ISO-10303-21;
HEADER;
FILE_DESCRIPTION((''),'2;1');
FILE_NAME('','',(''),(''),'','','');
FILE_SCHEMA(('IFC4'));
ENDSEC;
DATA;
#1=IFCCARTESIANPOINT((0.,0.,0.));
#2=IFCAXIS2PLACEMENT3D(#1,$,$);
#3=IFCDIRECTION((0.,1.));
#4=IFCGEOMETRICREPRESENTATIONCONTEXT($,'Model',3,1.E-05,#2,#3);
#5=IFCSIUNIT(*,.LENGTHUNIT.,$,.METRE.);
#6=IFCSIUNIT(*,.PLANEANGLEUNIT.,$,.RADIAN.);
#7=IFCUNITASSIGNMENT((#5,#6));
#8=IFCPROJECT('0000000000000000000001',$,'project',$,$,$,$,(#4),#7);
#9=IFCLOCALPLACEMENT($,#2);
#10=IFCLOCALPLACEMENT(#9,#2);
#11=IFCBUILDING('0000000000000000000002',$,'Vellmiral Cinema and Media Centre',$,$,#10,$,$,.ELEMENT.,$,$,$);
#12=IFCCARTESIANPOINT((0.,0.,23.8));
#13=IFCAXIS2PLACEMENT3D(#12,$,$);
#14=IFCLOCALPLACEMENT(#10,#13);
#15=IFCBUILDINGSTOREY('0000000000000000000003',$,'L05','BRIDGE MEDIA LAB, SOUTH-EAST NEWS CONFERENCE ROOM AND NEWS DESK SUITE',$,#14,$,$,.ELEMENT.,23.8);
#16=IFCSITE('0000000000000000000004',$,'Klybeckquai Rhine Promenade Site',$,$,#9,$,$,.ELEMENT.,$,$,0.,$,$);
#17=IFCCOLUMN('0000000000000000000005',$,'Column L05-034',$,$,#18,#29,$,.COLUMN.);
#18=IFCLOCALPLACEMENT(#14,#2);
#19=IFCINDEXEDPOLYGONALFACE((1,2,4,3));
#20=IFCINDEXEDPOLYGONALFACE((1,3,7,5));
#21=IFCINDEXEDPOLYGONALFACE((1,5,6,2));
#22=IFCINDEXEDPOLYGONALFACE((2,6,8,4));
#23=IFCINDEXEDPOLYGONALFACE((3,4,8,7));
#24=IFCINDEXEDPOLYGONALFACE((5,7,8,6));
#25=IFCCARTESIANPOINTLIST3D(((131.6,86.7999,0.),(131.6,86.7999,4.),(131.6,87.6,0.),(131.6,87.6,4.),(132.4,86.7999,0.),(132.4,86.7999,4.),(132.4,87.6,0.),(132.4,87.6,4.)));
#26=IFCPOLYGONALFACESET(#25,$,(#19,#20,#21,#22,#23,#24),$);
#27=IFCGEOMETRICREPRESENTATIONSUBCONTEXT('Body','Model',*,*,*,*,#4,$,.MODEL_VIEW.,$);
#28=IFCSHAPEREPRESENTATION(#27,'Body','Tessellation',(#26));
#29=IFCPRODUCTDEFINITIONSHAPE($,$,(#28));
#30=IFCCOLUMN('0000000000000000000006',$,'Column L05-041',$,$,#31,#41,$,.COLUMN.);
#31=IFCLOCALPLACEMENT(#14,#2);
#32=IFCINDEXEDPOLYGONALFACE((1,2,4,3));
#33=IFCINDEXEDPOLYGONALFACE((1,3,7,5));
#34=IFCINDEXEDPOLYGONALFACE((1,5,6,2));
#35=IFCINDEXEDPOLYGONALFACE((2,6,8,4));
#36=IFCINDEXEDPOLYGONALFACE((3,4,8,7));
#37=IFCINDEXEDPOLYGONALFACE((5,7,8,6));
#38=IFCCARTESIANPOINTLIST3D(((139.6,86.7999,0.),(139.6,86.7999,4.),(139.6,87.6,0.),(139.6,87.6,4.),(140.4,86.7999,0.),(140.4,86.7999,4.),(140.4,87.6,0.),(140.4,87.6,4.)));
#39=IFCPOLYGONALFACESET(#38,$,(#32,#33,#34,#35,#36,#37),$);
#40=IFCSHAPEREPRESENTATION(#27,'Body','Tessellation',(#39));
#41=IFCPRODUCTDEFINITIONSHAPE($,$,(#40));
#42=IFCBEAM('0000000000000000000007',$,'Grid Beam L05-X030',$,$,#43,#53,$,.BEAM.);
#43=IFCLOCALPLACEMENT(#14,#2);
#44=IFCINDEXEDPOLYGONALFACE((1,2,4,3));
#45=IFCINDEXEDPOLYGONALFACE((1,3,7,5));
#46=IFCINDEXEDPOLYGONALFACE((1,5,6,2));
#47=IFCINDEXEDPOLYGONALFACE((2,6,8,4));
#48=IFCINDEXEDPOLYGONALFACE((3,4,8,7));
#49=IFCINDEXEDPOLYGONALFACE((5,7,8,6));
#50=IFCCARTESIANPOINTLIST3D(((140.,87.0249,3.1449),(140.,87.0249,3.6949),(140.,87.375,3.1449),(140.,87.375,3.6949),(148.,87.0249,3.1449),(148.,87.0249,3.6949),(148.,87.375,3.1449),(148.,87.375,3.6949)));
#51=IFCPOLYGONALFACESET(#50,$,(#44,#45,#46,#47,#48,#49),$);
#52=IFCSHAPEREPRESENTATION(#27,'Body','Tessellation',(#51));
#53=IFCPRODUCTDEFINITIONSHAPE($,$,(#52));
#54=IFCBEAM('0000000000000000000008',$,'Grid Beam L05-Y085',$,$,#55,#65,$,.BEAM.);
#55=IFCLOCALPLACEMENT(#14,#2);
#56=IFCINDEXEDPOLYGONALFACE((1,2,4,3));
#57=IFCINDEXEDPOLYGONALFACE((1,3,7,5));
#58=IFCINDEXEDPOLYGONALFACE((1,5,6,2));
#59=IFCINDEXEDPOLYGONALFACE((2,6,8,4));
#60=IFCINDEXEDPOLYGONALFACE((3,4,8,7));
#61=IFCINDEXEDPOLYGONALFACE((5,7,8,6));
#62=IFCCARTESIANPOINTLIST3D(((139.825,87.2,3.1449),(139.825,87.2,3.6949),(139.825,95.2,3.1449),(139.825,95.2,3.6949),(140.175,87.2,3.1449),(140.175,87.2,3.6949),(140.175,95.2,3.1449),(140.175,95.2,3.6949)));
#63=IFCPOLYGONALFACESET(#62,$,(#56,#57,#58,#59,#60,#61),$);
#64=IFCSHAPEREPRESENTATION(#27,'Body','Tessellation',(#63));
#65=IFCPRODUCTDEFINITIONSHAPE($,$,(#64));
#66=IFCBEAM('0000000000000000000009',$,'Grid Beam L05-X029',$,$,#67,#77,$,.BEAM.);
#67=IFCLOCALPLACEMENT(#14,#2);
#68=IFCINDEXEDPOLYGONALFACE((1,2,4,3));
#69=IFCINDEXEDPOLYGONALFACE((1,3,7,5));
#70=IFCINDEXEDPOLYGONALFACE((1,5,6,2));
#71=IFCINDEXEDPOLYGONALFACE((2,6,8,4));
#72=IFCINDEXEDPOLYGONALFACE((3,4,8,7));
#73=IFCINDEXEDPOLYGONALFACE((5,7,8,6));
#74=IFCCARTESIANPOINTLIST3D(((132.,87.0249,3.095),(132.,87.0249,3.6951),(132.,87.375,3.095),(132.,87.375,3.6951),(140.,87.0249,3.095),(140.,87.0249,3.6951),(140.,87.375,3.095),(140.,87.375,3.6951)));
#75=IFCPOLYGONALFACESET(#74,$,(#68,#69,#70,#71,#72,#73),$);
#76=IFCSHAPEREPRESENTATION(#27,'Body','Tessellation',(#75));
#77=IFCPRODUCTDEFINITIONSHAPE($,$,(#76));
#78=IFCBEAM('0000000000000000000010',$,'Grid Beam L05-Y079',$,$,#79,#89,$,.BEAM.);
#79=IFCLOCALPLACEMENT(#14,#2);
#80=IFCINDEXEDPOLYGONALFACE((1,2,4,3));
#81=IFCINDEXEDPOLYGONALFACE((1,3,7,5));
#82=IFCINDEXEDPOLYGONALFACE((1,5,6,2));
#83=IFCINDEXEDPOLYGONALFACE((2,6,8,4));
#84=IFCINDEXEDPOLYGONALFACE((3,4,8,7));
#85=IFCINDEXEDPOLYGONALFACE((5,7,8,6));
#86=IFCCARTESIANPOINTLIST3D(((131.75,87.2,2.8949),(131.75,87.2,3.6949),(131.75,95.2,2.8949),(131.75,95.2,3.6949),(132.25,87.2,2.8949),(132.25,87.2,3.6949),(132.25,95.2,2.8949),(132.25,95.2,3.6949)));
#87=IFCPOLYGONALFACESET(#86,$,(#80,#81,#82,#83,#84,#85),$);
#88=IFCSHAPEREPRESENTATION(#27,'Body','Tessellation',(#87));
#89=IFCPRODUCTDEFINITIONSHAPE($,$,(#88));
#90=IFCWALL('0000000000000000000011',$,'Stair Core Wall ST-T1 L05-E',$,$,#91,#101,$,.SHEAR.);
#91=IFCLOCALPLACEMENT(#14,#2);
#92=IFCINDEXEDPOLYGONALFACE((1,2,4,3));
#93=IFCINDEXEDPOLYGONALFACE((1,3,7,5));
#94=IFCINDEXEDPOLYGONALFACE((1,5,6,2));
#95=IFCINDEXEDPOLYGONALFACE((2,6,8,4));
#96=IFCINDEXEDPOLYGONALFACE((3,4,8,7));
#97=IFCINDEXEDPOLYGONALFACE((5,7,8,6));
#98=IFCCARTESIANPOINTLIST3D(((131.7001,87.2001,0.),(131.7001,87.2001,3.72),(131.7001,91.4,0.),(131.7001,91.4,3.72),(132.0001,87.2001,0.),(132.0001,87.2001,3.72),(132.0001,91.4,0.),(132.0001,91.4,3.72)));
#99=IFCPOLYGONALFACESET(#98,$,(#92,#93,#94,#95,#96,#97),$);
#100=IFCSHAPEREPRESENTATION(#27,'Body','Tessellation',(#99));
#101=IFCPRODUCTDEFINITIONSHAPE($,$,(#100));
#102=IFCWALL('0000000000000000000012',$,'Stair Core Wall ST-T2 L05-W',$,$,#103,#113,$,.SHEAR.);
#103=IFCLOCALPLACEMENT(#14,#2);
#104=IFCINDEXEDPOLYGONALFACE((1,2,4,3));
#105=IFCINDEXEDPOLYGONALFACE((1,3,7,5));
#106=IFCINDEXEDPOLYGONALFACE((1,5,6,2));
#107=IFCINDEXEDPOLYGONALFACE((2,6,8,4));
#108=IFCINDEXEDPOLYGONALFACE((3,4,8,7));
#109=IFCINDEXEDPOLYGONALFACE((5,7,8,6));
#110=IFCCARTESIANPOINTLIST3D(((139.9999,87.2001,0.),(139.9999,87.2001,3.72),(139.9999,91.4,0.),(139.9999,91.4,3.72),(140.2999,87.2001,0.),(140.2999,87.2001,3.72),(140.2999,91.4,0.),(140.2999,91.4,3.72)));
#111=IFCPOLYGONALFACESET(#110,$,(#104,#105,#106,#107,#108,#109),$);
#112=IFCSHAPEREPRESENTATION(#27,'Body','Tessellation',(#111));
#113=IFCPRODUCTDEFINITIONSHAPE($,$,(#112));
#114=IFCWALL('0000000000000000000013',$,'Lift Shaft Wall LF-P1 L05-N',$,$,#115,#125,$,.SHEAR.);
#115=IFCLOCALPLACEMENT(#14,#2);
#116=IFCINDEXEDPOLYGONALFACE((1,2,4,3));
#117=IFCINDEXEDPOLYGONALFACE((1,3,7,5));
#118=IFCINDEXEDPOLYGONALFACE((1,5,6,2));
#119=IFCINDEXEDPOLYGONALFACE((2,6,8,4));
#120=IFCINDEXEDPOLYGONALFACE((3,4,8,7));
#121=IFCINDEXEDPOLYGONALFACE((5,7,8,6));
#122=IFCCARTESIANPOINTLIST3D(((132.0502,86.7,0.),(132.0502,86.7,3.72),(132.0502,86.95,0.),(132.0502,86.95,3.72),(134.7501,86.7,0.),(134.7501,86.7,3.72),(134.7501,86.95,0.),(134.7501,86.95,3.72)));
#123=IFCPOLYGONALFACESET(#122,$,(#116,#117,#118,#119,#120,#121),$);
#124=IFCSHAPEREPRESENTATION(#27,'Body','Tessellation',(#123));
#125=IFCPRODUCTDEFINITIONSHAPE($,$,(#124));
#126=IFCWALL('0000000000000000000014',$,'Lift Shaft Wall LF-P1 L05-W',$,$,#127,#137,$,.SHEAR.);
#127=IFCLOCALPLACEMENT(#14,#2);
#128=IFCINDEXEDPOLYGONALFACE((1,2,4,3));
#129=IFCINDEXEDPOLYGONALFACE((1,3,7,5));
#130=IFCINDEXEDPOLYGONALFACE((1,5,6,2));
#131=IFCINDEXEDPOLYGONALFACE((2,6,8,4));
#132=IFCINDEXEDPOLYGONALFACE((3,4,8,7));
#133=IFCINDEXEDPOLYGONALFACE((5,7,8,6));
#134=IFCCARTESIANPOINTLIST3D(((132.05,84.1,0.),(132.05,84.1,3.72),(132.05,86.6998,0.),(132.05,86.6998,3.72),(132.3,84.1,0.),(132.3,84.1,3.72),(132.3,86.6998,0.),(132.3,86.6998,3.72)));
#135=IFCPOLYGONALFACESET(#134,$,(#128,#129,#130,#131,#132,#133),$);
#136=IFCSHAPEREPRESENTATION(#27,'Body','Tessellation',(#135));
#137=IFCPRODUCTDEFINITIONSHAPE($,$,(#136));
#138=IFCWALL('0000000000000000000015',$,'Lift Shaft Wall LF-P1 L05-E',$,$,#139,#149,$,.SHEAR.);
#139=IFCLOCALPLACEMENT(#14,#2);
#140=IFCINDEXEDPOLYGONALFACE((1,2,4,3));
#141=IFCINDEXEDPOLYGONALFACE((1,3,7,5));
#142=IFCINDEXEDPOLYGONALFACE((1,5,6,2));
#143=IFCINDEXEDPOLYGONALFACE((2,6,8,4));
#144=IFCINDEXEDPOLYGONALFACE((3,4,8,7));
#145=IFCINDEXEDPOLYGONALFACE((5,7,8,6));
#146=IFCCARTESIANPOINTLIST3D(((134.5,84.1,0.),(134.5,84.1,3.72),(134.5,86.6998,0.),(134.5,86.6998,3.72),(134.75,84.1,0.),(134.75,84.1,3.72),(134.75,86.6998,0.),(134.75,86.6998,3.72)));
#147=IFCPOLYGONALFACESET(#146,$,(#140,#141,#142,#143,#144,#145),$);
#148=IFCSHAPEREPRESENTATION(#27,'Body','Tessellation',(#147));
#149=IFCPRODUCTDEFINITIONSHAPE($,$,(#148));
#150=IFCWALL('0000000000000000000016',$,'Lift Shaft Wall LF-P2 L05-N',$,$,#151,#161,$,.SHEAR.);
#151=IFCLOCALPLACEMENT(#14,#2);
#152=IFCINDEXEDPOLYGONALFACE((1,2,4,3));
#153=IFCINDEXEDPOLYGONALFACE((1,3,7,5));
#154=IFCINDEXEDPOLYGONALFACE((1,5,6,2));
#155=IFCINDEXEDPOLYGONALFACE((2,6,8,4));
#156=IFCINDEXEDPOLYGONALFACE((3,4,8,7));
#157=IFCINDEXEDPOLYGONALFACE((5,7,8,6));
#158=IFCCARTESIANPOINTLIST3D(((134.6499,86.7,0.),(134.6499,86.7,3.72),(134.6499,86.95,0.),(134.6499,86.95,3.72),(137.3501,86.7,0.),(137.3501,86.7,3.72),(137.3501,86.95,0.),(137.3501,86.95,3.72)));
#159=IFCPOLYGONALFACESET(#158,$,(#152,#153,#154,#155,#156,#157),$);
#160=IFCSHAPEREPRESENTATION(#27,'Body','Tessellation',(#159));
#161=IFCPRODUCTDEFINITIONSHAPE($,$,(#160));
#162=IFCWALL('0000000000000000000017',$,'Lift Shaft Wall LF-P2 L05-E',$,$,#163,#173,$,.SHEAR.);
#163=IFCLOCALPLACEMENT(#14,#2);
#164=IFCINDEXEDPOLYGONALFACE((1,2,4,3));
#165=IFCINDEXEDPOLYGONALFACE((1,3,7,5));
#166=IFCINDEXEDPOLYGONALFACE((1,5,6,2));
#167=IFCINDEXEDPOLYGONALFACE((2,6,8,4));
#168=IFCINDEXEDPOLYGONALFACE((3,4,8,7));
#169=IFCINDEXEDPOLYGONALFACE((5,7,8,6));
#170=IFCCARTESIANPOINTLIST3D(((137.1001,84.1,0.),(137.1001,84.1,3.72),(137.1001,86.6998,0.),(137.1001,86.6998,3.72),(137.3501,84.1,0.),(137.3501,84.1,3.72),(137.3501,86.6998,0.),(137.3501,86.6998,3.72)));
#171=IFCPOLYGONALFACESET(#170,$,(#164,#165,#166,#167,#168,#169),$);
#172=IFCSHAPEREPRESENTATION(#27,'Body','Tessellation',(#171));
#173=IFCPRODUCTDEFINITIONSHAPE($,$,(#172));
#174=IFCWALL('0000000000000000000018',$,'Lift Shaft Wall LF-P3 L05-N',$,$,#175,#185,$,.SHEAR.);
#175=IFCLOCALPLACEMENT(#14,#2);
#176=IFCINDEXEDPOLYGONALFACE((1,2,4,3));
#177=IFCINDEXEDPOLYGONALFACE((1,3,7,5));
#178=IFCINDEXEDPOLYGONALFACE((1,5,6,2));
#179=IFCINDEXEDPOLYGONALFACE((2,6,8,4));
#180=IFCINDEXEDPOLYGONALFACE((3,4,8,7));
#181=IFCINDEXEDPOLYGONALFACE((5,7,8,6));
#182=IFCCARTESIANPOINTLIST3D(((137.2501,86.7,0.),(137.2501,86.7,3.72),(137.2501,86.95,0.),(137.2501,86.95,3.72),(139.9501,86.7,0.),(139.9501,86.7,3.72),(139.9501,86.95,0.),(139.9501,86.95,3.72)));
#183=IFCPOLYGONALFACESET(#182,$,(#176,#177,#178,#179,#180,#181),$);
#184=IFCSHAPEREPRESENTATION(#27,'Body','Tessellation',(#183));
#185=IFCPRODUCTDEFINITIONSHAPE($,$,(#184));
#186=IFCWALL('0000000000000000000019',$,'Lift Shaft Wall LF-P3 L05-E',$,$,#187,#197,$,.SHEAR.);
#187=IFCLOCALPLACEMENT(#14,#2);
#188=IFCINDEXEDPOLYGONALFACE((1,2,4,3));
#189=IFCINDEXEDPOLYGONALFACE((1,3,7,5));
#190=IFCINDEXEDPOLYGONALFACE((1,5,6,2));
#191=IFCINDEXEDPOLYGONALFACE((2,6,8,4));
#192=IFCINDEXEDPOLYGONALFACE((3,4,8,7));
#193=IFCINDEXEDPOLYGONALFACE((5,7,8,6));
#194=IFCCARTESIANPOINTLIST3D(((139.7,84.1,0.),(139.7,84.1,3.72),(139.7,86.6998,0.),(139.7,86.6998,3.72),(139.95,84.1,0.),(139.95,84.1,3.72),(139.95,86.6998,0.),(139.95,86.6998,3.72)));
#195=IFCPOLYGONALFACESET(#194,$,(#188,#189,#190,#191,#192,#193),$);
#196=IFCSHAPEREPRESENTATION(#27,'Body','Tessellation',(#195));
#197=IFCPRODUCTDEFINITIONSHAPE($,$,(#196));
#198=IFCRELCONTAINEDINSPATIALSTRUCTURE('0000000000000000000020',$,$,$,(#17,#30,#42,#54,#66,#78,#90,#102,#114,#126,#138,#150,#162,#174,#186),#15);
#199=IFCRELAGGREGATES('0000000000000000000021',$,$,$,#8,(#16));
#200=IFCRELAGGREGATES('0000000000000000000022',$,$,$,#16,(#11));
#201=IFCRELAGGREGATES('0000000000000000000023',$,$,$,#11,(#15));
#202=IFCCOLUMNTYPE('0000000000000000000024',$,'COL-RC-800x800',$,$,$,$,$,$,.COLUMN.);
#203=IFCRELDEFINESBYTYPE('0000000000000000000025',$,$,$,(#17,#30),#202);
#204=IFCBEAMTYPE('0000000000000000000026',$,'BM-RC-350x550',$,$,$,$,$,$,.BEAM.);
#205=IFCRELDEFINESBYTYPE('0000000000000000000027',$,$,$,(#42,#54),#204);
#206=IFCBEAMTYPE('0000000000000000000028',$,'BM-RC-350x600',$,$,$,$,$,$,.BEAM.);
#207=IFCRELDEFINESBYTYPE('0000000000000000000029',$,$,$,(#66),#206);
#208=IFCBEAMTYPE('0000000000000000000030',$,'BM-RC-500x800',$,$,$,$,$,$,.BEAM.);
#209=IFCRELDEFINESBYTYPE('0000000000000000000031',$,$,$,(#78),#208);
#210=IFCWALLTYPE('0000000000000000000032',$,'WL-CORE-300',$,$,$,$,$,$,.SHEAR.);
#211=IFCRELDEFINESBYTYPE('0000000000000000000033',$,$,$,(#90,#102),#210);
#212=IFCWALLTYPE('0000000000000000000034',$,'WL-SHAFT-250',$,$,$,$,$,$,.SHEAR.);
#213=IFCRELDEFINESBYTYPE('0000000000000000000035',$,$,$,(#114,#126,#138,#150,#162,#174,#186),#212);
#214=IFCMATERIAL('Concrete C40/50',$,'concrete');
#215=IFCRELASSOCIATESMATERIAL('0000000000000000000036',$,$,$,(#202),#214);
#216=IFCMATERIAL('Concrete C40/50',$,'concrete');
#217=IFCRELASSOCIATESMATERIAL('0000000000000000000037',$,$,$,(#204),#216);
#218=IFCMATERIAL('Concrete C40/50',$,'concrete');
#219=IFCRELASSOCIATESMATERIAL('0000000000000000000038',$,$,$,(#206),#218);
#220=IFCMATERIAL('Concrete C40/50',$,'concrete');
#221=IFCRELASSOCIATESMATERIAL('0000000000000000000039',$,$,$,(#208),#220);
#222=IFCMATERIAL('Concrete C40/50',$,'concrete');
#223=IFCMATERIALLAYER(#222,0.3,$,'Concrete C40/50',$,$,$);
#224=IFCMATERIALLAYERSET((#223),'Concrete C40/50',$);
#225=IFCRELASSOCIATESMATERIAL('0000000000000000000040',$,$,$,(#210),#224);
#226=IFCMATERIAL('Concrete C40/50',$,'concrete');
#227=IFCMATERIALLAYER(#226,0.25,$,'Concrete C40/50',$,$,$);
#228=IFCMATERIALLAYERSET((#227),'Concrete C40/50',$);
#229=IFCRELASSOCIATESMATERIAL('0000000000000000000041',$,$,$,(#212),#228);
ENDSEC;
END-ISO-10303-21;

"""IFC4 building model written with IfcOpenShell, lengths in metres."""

from ifc_helpers import new_model, si_unit, direction, frame, frame_2d, origin, origin_2d, place, context, subcontext, project, spatial, rectangle, extrude, material, layer, layer_set, material_profile, profile_set, type_object, element, save


model = new_model("IFC4")

# Units and contexts
model_context = context("Model", 3, precision=1e-05, world=origin(), true_north=direction((0.0, 1.0)))
body_context = subcontext(model_context, "Body", "Model", "MODEL_VIEW")
ifc_project = project(units=[si_unit("LENGTHUNIT", "METRE"), si_unit("PLANEANGLEUNIT", "RADIAN")], contexts=[model_context])

# Site, building, storey
site_placement = place(None, origin())
site = spatial("IfcSite", under=ifc_project, at=site_placement, Name="Klybeckquai Rhine Promenade Site", CompositionType="ELEMENT", RefElevation=0.0)
building_placement = place(site_placement, origin())
building = spatial("IfcBuilding", under=site, at=building_placement, Name="Vellmiral Cinema and Media Centre", CompositionType="ELEMENT")
storey_placement = place(building_placement, frame((0.0, 0.0, 23.8)))
storey = spatial("IfcBuildingStorey", under=building, at=storey_placement, Name="L05", Description="BRIDGE MEDIA LAB, SOUTH-EAST NEWS CONFERENCE ROOM AND NEWS DESK SUITE", CompositionType="ELEMENT", Elevation=23.8)

# Columns
ifc_material_1 = material(Name="Concrete C40/50", Category="concrete")
ifc_material_profile_1 = material_profile(ifc_material_1, rectangle(XDim=0.8, YDim=0.8, at=origin_2d()), Name="RC 800x800")
ifc_profile_set_1 = profile_set([ifc_material_profile_1], Name="Concrete C40/50")
column_type = type_object("IfcColumnType", Name="COL-RC-800x800", PredefinedType="COLUMN", material=ifc_profile_set_1)
for number, where, z_axis, x_axis, name in (
    (1, (132.0, 87.2, 0.0), (0.0, 0.0, 1.0), (1.0, 0.0, 0.0), "Column L05-034"),
    (2, (140.0, 87.2, 0.0), (0.0, 0.0, 1.0), (1.0, 0.0, 0.0), "Column L05-041"),
):
    element("IfcColumn", number, at=place(storey_placement, frame(where, z_axis=z_axis, x_axis=x_axis)), inside=storey, type_object=column_type, Name=name, PredefinedType="COLUMN", context=body_context, shape_type="SweptSolid", body=[
        extrude(rectangle(XDim=0.8, YDim=0.8, at=origin_2d()), origin(), (0.0, 0.0, 1.0), 4.0),
    ])

# Beams
ifc_material_2 = material(Name="Concrete C40/50", Category="concrete")
ifc_material_profile_2 = material_profile(ifc_material_2, rectangle(XDim=0.3501, YDim=0.55, at=origin_2d()), Name="RC 350x550")
ifc_profile_set_2 = profile_set([ifc_material_profile_2], Name="Concrete C40/50")
beam_type_1 = type_object("IfcBeamType", Name="BM-RC-350x550", PredefinedType="BEAM", material=ifc_profile_set_2)
for number, where, z_axis, x_axis, name in (
    (3, (140.0, 87.2, 3.4199), (1.0, 0.0, 0.0), (0.0, 1.0, 0.0), "Grid Beam L05-X030"),
    (4, (140.0, 87.2, 3.4199), (0.0, 1.0, 0.0), (-1.0, 0.0, 0.0), "Grid Beam L05-Y085"),
):
    element("IfcBeam", number, at=place(storey_placement, frame(where, z_axis=z_axis, x_axis=x_axis)), inside=storey, type_object=beam_type_1, Name=name, PredefinedType="BEAM", context=body_context, shape_type="SweptSolid", body=[
        extrude(rectangle(XDim=0.3501, YDim=0.55, at=origin_2d()), origin(), (0.0, 0.0, 1.0), 8.0),
    ])
ifc_material_3 = material(Name="Concrete C40/50", Category="concrete")
ifc_material_profile_3 = material_profile(ifc_material_3, rectangle(XDim=0.3501, YDim=0.6001, at=origin_2d()), Name="RC 350x600")
ifc_profile_set_3 = profile_set([ifc_material_profile_3], Name="Concrete C40/50")
beam_type_2 = type_object("IfcBeamType", Name="BM-RC-350x600", PredefinedType="BEAM", material=ifc_profile_set_3)
beam_1_placement = place(storey_placement, frame((132.0, 87.2, 3.395), z_axis=(1.0, 0.0, 0.0), x_axis=(0.0, 1.0, 0.0)))
element("IfcBeam", 5, at=beam_1_placement, inside=storey, type_object=beam_type_2, Name="Grid Beam L05-X029", PredefinedType="BEAM", context=body_context, shape_type="SweptSolid", body=[
    extrude(rectangle(XDim=0.3501, YDim=0.6001, at=origin_2d()), origin(), (0.0, 0.0, 1.0), 8.0),
])
ifc_material_4 = material(Name="Concrete C40/50", Category="concrete")
ifc_material_profile_4 = material_profile(ifc_material_4, rectangle(XDim=0.5, YDim=0.8, at=origin_2d()), Name="RC 500x800")
ifc_profile_set_4 = profile_set([ifc_material_profile_4], Name="Concrete C40/50")
beam_type_3 = type_object("IfcBeamType", Name="BM-RC-500x800", PredefinedType="BEAM", material=ifc_profile_set_4)
beam_2_placement = place(storey_placement, frame((132.0, 87.2, 3.2949), z_axis=(0.0, 1.0, 0.0), x_axis=(-1.0, 0.0, 0.0)))
element("IfcBeam", 6, at=beam_2_placement, inside=storey, type_object=beam_type_3, Name="Grid Beam L05-Y079", PredefinedType="BEAM", context=body_context, shape_type="SweptSolid", body=[
    extrude(rectangle(XDim=0.5, YDim=0.8, at=origin_2d()), origin(), (0.0, 0.0, 1.0), 8.0),
])

# Walls
ifc_material_5 = material(Name="Concrete C40/50", Category="concrete")
ifc_layer_1 = layer(ifc_material_5, 0.3, Name="Concrete C40/50")
ifc_layer_set_1 = layer_set([ifc_layer_1], Name="Concrete C40/50")
wall_type_1 = type_object("IfcWallType", Name="WL-CORE-300", PredefinedType="SHEAR", material=ifc_layer_set_1)
for number, where, z_axis, x_axis, name in (
    (7, (131.8501, 87.2, 0.0), (0.0, 0.0, 1.0), (0.0, 1.0, 0.0), "Stair Core Wall ST-T1 L05-E"),
    (8, (140.1499, 87.2, 0.0), (0.0, 0.0, 1.0), (0.0, 1.0, 0.0), "Stair Core Wall ST-T2 L05-W"),
):
    element("IfcWall", number, at=place(storey_placement, frame(where, z_axis=z_axis, x_axis=x_axis)), inside=storey, type_object=wall_type_1, Name=name, PredefinedType="SHEAR", context=body_context, shape_type="SweptSolid", body=[
        extrude(rectangle(XDim=4.2, YDim=0.3, at=frame_2d((2.1001, 0.0))), origin(), (0.0, 0.0, 1.0), 3.72),
    ])
ifc_material_6 = material(Name="Concrete C40/50", Category="concrete")
ifc_layer_2 = layer(ifc_material_6, 0.25, Name="Concrete C40/50")
ifc_layer_set_2 = layer_set([ifc_layer_2], Name="Concrete C40/50")
wall_type_2 = type_object("IfcWallType", Name="WL-SHAFT-250", PredefinedType="SHEAR", material=ifc_layer_set_2)
wall_1_placement = place(storey_placement, frame((132.05, 86.825, 0.0), z_axis=(0.0, 0.0, 1.0), x_axis=(1.0, 0.0, 0.0)))
element("IfcWall", 9, at=wall_1_placement, inside=storey, type_object=wall_type_2, Name="Lift Shaft Wall LF-P1 L05-N", PredefinedType="SHEAR", context=body_context, shape_type="SweptSolid", body=[
    extrude(rectangle(XDim=2.7, YDim=0.25, at=frame_2d((1.3501, 0.0))), origin(), (0.0, 0.0, 1.0), 3.72),
])
for number, where, z_axis, x_axis, name in (
    (10, (132.175, 84.1001, 0.0), (0.0, 0.0, 1.0), (0.0, 1.0, 0.0), "Lift Shaft Wall LF-P1 L05-W"),
    (11, (134.625, 84.1001, 0.0), (0.0, 0.0, 1.0), (0.0, 1.0, 0.0), "Lift Shaft Wall LF-P1 L05-E"),
):
    element("IfcWall", number, at=place(storey_placement, frame(where, z_axis=z_axis, x_axis=x_axis)), inside=storey, type_object=wall_type_2, Name=name, PredefinedType="SHEAR", context=body_context, shape_type="SweptSolid", body=[
        extrude(rectangle(XDim=2.5999, YDim=0.25, at=frame_2d((1.2998, 0.0))), origin(), (0.0, 0.0, 1.0), 3.72),
    ])
wall_2_placement = place(storey_placement, frame((134.6499, 86.825, 0.0), z_axis=(0.0, 0.0, 1.0), x_axis=(1.0, 0.0, 0.0)))
element("IfcWall", 12, at=wall_2_placement, inside=storey, type_object=wall_type_2, Name="Lift Shaft Wall LF-P2 L05-N", PredefinedType="SHEAR", context=body_context, shape_type="SweptSolid", body=[
    extrude(rectangle(XDim=2.7002, YDim=0.25, at=frame_2d((1.3501, 0.0))), origin(), (0.0, 0.0, 1.0), 3.72),
])
wall_3_placement = place(storey_placement, frame((137.2251, 84.1001, 0.0), z_axis=(0.0, 0.0, 1.0), x_axis=(0.0, 1.0, 0.0)))
element("IfcWall", 13, at=wall_3_placement, inside=storey, type_object=wall_type_2, Name="Lift Shaft Wall LF-P2 L05-E", PredefinedType="SHEAR", context=body_context, shape_type="SweptSolid", body=[
    extrude(rectangle(XDim=2.5999, YDim=0.25, at=frame_2d((1.2998, 0.0))), origin(), (0.0, 0.0, 1.0), 3.72),
])

# Walls
wall_4_placement = place(storey_placement, frame((137.25, 86.825, 0.0), z_axis=(0.0, 0.0, 1.0), x_axis=(1.0, 0.0, 0.0)))
element("IfcWall", 14, at=wall_4_placement, inside=storey, type_object=wall_type_2, Name="Lift Shaft Wall LF-P3 L05-N", PredefinedType="SHEAR", context=body_context, shape_type="SweptSolid", body=[
    extrude(rectangle(XDim=2.7, YDim=0.25, at=frame_2d((1.3501, 0.0))), origin(), (0.0, 0.0, 1.0), 3.72),
])
wall_5_placement = place(storey_placement, frame((139.825, 84.1001, 0.0), z_axis=(0.0, 0.0, 1.0), x_axis=(0.0, 1.0, 0.0)))
element("IfcWall", 15, at=wall_5_placement, inside=storey, type_object=wall_type_2, Name="Lift Shaft Wall LF-P3 L05-E", PredefinedType="SHEAR", context=body_context, shape_type="SweptSolid", body=[
    extrude(rectangle(XDim=2.5999, YDim=0.25, at=frame_2d((1.2998, 0.0))), origin(), (0.0, 0.0, 1.0), 3.72),
])

save(model, "model.ifc")
